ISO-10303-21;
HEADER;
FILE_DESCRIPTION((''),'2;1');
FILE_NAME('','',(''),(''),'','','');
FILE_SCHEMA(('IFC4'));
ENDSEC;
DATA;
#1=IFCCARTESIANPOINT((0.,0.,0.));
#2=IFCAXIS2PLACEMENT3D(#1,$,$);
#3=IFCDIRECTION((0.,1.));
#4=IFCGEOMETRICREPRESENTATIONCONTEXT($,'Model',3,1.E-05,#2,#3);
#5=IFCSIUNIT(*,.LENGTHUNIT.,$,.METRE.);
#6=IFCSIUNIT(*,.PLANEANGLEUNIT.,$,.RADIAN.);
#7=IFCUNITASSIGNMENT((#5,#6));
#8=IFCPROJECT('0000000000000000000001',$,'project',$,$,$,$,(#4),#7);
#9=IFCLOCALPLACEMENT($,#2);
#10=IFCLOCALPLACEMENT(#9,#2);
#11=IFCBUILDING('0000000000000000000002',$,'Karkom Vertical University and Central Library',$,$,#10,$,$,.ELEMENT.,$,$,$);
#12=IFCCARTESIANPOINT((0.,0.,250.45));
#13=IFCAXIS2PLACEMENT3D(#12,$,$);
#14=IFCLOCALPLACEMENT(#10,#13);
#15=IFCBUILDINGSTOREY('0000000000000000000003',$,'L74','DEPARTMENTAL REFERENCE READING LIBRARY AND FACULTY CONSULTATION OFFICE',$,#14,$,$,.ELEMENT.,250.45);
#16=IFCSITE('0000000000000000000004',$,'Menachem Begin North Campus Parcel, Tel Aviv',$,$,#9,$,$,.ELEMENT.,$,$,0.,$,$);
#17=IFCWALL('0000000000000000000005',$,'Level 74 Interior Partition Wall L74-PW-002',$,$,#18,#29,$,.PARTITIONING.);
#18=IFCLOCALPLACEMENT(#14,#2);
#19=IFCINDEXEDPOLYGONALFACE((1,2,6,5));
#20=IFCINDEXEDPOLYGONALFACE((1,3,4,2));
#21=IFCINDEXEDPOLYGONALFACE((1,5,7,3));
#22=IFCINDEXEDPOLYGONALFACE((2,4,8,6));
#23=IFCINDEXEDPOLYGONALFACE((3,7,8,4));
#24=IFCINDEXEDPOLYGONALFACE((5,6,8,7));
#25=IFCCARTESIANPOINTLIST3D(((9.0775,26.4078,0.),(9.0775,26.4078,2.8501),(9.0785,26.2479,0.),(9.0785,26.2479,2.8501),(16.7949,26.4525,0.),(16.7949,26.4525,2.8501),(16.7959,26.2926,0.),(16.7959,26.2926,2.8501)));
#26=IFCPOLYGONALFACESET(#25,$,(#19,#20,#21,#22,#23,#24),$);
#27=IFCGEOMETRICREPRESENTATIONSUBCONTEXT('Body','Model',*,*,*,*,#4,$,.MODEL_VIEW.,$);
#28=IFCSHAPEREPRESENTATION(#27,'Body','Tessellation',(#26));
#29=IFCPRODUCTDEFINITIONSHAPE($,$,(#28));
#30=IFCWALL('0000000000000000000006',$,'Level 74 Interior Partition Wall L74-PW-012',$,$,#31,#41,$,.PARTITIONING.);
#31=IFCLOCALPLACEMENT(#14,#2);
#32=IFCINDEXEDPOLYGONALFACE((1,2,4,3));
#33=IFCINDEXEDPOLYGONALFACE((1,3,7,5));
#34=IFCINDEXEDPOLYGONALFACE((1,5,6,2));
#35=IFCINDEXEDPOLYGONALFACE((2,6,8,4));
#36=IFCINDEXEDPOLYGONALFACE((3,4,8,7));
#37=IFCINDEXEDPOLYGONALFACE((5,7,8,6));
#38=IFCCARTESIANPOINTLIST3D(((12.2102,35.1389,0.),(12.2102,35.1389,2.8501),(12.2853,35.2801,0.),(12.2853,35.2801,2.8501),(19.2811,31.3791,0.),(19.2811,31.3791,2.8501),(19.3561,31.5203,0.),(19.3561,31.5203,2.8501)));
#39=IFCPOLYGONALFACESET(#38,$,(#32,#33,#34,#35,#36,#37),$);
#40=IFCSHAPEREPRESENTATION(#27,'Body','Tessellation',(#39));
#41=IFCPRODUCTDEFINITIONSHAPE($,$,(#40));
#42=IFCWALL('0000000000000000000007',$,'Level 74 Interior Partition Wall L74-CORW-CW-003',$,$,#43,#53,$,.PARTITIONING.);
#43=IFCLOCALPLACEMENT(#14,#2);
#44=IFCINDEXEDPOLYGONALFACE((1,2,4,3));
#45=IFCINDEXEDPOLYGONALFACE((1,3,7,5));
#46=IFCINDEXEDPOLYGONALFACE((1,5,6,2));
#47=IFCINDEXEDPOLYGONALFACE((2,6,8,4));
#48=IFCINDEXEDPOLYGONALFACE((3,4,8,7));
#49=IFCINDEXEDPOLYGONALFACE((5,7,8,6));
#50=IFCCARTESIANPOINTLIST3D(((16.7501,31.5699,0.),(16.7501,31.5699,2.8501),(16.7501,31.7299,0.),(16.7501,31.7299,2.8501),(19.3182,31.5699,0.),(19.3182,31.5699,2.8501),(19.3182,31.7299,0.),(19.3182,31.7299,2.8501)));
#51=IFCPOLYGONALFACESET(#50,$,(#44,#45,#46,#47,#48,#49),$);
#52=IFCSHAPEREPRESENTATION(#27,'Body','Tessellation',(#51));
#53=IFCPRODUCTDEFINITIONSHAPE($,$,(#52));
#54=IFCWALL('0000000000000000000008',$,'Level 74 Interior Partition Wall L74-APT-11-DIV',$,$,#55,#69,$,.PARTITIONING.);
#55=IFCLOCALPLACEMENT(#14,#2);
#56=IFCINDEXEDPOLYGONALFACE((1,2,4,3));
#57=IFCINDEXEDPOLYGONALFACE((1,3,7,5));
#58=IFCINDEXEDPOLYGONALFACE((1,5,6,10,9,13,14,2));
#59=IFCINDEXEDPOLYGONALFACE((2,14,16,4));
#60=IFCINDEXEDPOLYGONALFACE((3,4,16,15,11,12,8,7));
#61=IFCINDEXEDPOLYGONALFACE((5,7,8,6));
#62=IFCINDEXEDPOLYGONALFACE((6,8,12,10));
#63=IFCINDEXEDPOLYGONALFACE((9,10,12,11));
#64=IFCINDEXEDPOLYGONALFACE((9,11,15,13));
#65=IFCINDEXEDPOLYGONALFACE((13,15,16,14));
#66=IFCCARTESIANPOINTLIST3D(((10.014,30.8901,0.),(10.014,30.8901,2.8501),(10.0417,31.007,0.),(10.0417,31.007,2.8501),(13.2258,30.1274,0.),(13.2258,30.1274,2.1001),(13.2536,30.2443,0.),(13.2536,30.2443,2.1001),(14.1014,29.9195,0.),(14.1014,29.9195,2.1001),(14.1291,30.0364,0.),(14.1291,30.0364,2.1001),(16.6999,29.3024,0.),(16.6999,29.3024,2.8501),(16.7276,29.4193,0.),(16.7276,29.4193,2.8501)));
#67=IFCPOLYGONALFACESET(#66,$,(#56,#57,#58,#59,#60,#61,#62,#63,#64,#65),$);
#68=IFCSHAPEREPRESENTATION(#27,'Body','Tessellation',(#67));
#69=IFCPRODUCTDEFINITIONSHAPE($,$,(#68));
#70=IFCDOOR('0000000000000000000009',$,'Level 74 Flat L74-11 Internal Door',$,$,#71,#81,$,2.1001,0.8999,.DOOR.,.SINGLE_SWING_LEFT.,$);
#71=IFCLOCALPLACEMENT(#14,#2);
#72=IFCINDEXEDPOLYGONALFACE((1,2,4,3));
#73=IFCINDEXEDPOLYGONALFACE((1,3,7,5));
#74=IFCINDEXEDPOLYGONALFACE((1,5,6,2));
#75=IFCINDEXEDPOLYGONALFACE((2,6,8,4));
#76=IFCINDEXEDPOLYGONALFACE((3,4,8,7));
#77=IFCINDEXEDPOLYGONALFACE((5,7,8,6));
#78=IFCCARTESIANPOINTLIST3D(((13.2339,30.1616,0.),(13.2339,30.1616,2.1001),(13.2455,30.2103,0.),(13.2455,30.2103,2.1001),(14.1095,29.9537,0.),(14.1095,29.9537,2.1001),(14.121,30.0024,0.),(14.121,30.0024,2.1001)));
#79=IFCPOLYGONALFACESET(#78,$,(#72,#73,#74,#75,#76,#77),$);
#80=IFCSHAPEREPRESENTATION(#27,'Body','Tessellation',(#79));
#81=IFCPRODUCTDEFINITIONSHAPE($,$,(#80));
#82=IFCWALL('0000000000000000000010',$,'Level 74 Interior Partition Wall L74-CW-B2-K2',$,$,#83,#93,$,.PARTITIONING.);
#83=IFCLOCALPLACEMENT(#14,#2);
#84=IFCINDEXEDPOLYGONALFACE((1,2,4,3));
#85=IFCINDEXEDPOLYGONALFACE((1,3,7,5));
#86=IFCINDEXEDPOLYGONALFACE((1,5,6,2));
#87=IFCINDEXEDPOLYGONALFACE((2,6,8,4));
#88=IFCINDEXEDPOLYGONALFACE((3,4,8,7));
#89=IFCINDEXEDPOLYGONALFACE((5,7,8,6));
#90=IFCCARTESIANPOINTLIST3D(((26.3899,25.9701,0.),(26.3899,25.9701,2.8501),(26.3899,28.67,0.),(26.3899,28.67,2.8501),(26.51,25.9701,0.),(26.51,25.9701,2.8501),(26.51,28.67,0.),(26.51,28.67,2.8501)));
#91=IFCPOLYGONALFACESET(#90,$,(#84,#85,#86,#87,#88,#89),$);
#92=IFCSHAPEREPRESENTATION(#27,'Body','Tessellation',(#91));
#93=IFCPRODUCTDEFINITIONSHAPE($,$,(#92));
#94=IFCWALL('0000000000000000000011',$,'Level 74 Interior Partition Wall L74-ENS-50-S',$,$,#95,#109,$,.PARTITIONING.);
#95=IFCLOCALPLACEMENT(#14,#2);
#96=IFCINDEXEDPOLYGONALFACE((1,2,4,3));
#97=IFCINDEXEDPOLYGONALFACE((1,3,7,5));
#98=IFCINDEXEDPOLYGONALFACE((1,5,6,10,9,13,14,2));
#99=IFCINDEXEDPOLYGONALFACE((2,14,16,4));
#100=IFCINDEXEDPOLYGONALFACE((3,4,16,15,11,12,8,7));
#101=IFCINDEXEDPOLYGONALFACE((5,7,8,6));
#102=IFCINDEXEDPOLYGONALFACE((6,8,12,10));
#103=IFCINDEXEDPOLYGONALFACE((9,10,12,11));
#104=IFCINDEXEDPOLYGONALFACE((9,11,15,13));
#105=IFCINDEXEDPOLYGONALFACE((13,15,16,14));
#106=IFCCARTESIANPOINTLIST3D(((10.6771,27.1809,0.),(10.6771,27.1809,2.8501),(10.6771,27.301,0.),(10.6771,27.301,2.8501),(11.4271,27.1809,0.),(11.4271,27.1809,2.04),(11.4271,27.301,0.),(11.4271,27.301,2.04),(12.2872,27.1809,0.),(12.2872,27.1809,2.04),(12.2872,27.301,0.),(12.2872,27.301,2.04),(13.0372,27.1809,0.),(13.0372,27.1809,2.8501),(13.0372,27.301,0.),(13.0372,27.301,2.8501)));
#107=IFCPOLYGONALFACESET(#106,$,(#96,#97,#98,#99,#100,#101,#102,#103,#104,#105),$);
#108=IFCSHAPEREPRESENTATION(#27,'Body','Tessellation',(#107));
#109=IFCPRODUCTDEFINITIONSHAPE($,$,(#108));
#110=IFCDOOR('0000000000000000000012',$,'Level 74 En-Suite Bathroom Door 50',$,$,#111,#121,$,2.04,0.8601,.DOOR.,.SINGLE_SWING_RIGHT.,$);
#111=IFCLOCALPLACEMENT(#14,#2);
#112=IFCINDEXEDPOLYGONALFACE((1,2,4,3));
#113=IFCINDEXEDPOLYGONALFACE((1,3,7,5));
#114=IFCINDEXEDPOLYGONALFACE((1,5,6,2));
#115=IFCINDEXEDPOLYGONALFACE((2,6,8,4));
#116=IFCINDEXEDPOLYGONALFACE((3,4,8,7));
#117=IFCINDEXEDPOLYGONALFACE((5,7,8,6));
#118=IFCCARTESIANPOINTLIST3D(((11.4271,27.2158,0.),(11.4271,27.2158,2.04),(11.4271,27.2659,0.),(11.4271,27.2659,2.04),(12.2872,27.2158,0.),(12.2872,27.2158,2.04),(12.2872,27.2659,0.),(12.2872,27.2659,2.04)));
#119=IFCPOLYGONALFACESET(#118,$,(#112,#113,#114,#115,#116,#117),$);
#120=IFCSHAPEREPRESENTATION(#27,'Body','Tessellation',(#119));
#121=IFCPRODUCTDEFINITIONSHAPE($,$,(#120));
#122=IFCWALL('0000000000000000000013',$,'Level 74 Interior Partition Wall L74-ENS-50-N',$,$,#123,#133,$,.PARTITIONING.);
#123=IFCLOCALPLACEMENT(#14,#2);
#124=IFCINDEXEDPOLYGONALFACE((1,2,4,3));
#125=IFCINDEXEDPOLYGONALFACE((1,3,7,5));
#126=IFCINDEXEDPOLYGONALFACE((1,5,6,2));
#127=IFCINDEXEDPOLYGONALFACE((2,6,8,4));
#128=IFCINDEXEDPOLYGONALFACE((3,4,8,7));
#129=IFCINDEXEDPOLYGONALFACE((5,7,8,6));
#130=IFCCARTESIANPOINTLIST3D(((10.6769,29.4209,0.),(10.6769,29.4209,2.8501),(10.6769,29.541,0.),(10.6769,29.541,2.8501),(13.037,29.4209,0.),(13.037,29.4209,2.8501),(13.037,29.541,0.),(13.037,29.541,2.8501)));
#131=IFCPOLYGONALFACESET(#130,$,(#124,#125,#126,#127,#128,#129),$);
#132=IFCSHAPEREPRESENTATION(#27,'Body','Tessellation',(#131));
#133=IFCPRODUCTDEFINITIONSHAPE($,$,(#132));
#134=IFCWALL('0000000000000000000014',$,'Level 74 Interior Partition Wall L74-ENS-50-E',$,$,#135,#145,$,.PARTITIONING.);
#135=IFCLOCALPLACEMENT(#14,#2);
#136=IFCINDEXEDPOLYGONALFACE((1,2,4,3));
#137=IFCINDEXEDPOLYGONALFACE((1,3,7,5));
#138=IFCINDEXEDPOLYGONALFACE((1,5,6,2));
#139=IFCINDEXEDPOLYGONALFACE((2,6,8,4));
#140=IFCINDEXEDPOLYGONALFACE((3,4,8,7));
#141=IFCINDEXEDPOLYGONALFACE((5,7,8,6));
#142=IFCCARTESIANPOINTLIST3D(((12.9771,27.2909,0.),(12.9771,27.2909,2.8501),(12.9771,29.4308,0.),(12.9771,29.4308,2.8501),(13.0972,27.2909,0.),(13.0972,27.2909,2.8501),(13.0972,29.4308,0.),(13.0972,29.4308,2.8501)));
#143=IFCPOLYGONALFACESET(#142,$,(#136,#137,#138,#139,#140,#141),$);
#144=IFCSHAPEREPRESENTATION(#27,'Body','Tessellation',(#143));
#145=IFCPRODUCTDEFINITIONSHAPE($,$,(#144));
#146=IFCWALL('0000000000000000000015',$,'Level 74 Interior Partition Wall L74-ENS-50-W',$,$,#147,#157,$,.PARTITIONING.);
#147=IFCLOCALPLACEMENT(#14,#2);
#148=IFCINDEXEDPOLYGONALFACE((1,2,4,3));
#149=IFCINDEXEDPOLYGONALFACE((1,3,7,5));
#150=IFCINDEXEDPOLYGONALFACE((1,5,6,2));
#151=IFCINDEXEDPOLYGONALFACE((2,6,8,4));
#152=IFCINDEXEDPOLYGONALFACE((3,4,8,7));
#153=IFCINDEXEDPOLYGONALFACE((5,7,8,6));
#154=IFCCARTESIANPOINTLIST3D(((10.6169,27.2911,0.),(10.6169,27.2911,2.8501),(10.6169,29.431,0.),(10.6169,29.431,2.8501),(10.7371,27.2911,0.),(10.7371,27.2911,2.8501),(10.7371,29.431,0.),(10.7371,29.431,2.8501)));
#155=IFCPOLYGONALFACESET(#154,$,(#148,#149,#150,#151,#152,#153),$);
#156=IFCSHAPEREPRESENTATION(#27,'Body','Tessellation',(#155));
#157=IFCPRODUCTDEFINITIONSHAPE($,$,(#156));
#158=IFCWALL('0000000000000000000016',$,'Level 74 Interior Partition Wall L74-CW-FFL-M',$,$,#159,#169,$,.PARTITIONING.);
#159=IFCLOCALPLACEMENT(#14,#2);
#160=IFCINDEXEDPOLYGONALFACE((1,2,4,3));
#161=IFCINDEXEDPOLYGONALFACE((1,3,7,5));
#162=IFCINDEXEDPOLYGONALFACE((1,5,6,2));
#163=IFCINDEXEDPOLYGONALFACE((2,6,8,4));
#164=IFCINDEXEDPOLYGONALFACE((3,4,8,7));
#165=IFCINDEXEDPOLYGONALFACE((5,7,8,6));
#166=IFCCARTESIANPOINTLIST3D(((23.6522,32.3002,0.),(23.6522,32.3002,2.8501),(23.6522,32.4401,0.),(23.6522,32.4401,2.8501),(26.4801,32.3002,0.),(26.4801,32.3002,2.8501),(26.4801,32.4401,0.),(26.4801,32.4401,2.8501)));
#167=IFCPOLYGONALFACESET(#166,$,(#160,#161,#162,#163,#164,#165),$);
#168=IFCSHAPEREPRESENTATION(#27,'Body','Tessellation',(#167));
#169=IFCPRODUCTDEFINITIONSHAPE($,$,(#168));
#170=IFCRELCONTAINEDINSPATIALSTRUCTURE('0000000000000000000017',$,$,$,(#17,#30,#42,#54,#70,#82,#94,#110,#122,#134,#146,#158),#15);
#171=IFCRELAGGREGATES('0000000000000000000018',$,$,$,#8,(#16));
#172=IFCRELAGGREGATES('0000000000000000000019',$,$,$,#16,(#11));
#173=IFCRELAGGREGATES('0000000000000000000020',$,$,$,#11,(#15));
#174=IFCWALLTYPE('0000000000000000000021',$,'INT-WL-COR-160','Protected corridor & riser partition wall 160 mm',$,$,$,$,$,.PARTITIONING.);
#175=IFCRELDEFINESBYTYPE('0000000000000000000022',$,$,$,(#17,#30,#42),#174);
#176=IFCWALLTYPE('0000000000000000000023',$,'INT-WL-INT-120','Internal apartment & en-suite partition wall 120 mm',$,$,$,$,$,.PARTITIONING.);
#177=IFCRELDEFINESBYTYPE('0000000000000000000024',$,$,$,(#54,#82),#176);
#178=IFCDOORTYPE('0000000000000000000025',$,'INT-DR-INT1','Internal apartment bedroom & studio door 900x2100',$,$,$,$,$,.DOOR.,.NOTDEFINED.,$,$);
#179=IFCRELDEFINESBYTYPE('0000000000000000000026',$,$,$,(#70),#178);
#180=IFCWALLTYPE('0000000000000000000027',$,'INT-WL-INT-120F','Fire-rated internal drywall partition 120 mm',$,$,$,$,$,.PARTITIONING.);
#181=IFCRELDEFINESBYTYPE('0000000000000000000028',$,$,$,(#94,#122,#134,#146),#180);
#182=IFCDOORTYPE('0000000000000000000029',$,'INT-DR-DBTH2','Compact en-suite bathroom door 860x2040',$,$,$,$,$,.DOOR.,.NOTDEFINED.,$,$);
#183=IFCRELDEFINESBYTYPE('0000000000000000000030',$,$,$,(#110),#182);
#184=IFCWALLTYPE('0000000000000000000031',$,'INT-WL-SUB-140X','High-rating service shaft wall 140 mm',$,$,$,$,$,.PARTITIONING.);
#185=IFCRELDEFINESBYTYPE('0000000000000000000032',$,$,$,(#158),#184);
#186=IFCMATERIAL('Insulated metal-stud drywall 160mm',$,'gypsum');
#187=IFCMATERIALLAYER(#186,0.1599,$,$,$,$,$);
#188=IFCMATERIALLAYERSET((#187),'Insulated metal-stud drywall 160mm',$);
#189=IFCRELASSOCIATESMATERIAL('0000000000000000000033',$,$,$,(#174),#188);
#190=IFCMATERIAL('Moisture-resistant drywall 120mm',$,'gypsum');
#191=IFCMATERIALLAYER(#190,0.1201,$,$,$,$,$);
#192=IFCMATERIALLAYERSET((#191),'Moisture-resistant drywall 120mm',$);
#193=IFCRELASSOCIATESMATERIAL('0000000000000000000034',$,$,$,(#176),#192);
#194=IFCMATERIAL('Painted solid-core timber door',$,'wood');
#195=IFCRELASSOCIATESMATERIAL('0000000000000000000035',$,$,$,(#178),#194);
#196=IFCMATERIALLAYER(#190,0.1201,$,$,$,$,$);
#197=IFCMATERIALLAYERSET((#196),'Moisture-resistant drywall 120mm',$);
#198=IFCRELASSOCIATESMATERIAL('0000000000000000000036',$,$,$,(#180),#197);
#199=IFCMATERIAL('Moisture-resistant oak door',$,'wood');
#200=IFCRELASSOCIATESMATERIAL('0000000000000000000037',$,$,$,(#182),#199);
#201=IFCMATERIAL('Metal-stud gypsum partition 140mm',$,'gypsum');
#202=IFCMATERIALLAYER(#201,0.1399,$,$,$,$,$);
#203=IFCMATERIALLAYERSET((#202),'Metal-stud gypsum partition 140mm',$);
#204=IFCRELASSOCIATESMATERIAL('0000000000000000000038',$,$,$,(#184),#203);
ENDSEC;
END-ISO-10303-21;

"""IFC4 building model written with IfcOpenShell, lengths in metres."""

from ifc_helpers import new_model, si_unit, direction, frame, frame_2d, origin, origin_with_axes, place, context, subcontext, project, spatial, rectangle, extrude, source, transform, mapped, material, layer, layer_set, type_object, element, fill, save


model = new_model("IFC4")

# Units and contexts
model_context = context("Model", 3, precision=1e-05, world=origin(), true_north=direction((0.0, 1.0)))
body_context = subcontext(model_context, "Body", "Model", "MODEL_VIEW")
ifc_project = project(units=[si_unit("LENGTHUNIT", "METRE"), si_unit("PLANEANGLEUNIT", "RADIAN")], contexts=[model_context])

# Site, building, storey
site_placement = place(None, origin())
site = spatial("IfcSite", under=ifc_project, at=site_placement, Name="Menachem Begin North Campus Parcel, Tel Aviv", CompositionType="ELEMENT", RefElevation=0.0)
building_placement = place(site_placement, origin())
building = spatial("IfcBuilding", under=site, at=building_placement, Name="Karkom Vertical University and Central Library", CompositionType="ELEMENT")
storey_placement = place(building_placement, frame((0.0, 0.0, 250.45)))
storey = spatial("IfcBuildingStorey", under=building, at=storey_placement, Name="L74", Description="DEPARTMENTAL REFERENCE READING LIBRARY AND FACULTY CONSULTATION OFFICE", CompositionType="ELEMENT", Elevation=250.45)

# Walls
ifc_material_1 = material(Name="Insulated metal-stud drywall 160mm", Category="gypsum")
ifc_layer_1 = layer(ifc_material_1, 0.1599)
ifc_layer_set_1 = layer_set([ifc_layer_1], Name="Insulated metal-stud drywall 160mm")
wall_type_1 = type_object("IfcWallType", Name="INT-WL-COR-160", Description="Protected corridor & riser partition wall 160 mm", PredefinedType="PARTITIONING", material=ifc_layer_set_1)
wall_1_placement = place(storey_placement, frame((9.0779, 26.3279, 0.0), z_axis=(0.0, 0.0, 1.0), x_axis=(0.999983, 0.005789, 0.0)))
element("IfcWall", 1, at=wall_1_placement, inside=storey, type_object=wall_type_1, Name="Level 74 Interior Partition Wall L74-PW-002", PredefinedType="PARTITIONING", context=body_context, shape_type="SweptSolid", body=[
    extrude(rectangle(XDim=7.7175, YDim=0.1599, at=frame_2d((3.8589, 0.0))), origin(), (0.0, 0.0, 1.0), 2.8501),
])
wall_2_placement = place(storey_placement, frame((19.3186, 31.4497, 0.0), z_axis=(0.0, 0.0, 1.0), x_axis=(-0.88294, 0.469487, 0.0)))
element("IfcWall", 2, at=wall_2_placement, inside=storey, type_object=wall_type_1, Name="Level 74 Interior Partition Wall L74-PW-012", PredefinedType="PARTITIONING", context=body_context, shape_type="SweptSolid", body=[
    extrude(rectangle(XDim=8.0083, YDim=0.1599, at=frame_2d((4.0042, 0.0))), origin(), (0.0, 0.0, 1.0), 2.8501),
])
wall_3_placement = place(storey_placement, frame((16.75, 31.6499, 0.0), z_axis=(0.0, 0.0, 1.0), x_axis=(1.0, 0.0, 0.0)))
element("IfcWall", 3, at=wall_3_placement, inside=storey, type_object=wall_type_1, Name="Level 74 Interior Partition Wall L74-CORW-CW-003", PredefinedType="PARTITIONING", context=body_context, shape_type="SweptSolid", body=[
    extrude(rectangle(XDim=2.5681, YDim=0.1599, at=frame_2d((1.2842, 0.0))), origin(), (0.0, 0.0, 1.0), 2.8501),
])

# Wall, opening, door
ifc_material_2 = material(Name="Moisture-resistant drywall 120mm", Category="gypsum")
ifc_layer_2 = layer(ifc_material_2, 0.1201)
ifc_layer_set_2 = layer_set([ifc_layer_2], Name="Moisture-resistant drywall 120mm")
wall_type_2 = type_object("IfcWallType", Name="INT-WL-INT-120", Description="Internal apartment & en-suite partition wall 120 mm", PredefinedType="PARTITIONING", material=ifc_layer_set_2)
wall_4_placement = place(storey_placement, frame((16.7139, 29.3608, 0.0), z_axis=(0.0, 0.0, 1.0), x_axis=(-0.972944, 0.231041, 0.0)))
wall_4 = element("IfcWall", 4, at=wall_4_placement, inside=storey, type_object=wall_type_2, Name="Level 74 Interior Partition Wall L74-APT-11-DIV", PredefinedType="PARTITIONING", context=body_context, shape_type="SweptSolid", body=[
    extrude(rectangle(XDim=6.8718, YDim=0.1201, at=frame_2d((3.436, 0.0))), origin(), (0.0, 0.0, 1.0), 2.8501),
])
opening_1_placement = place(wall_4_placement, frame((2.6709, 0.0, 0.0)))
opening_1 = element("IfcOpeningElement", 5, at=opening_1_placement, cuts=wall_4, PredefinedType="OPENING", context=body_context, shape_type="SweptSolid", body=[
    extrude(rectangle(XDim=0.8999, YDim=2.1001, at=frame_2d((0.45, 1.05))), frame((0.0, 0.0701, 0.0), z_axis=(0.0, -1.0, 0.0), x_axis=(1.0, 0.0, 0.0)), (0.0, 0.0, 1.0), 0.1401),
])
ifc_material_3 = material(Name="Painted solid-core timber door", Category="wood")
door_type_1 = type_object("IfcDoorType", Name="INT-DR-INT1", Description="Internal apartment bedroom & studio door 900x2100", OperationType="NOTDEFINED", PredefinedType="DOOR", material=ifc_material_3)
shared_shape_1 = source(origin_with_axes(), body_context, "Body", "SweptSolid", [
    extrude(rectangle(XDim=0.8999, YDim=2.1001, at=frame_2d((0.45, 1.05))), frame((0.0, 0.0249, 0.0), z_axis=(0.0, -1.0, 0.0), x_axis=(1.0, 0.0, 0.0)), (0.0, 0.0, 1.0), 0.05),
])
door_1_placement = place(opening_1_placement, origin())
door_1 = element("IfcDoor", 6, at=door_1_placement, inside=storey, type_object=door_type_1, Name="Level 74 Flat L74-11 Internal Door", OperationType="SINGLE_SWING_LEFT", OverallHeight=2.1001, OverallWidth=0.8999, PredefinedType="DOOR", context=body_context, shape_type="MappedRepresentation", body=[
    mapped(shared_shape_1, transform((0.0, 0.0, 0.0), scale=1.0)),
])
fill(opening_1, door_1)

# Wall
wall_5_placement = place(storey_placement, frame((26.45, 25.97, 0.0), z_axis=(0.0, 0.0, 1.0), x_axis=(0.0, 1.0, 0.0)))
element("IfcWall", 7, at=wall_5_placement, inside=storey, type_object=wall_type_2, Name="Level 74 Interior Partition Wall L74-CW-B2-K2", PredefinedType="PARTITIONING", context=body_context, shape_type="SweptSolid", body=[
    extrude(rectangle(XDim=2.7, YDim=0.1201, at=frame_2d((1.3501, 0.0))), origin(), (0.0, 0.0, 1.0), 2.8501),
])

# Wall, opening, door
ifc_layer_3 = layer(ifc_material_2, 0.1201)
ifc_layer_set_3 = layer_set([ifc_layer_3], Name="Moisture-resistant drywall 120mm")
wall_type_3 = type_object("IfcWallType", Name="INT-WL-INT-120F", Description="Fire-rated internal drywall partition 120 mm", PredefinedType="PARTITIONING", material=ifc_layer_set_3)
wall_6_placement = place(storey_placement, frame((10.677, 27.241, 0.0), z_axis=(0.0, 0.0, 1.0), x_axis=(1.0, 0.0, 0.0)))
wall_6 = element("IfcWall", 8, at=wall_6_placement, inside=storey, type_object=wall_type_3, Name="Level 74 Interior Partition Wall L74-ENS-50-S", PredefinedType="PARTITIONING", context=body_context, shape_type="SweptSolid", body=[
    extrude(rectangle(XDim=2.3601, YDim=0.1201, at=frame_2d((1.1802, 0.0))), origin(), (0.0, 0.0, 1.0), 2.8501),
])
opening_2_placement = place(wall_6_placement, frame((0.75, 0.0, 0.0)))
opening_2 = element("IfcOpeningElement", 9, at=opening_2_placement, cuts=wall_6, PredefinedType="OPENING", context=body_context, shape_type="SweptSolid", body=[
    extrude(rectangle(XDim=0.8601, YDim=2.04, at=frame_2d((0.4302, 1.02))), frame((0.0, 0.0701, 0.0), z_axis=(0.0, -1.0, 0.0), x_axis=(1.0, 0.0, 0.0)), (0.0, 0.0, 1.0), 0.1401),
])
ifc_material_4 = material(Name="Moisture-resistant oak door", Category="wood")
door_type_2 = type_object("IfcDoorType", Name="INT-DR-DBTH2", Description="Compact en-suite bathroom door 860x2040", OperationType="NOTDEFINED", PredefinedType="DOOR", material=ifc_material_4)
shared_shape_2 = source(origin_with_axes(), body_context, "Body", "SweptSolid", [
    extrude(rectangle(XDim=0.8601, YDim=2.04, at=frame_2d((0.4302, 1.02))), frame((0.0, 0.0249, 0.0), z_axis=(0.0, -1.0, 0.0), x_axis=(1.0, 0.0, 0.0)), (0.0, 0.0, 1.0), 0.05),
])
door_2_placement = place(opening_2_placement, origin())
door_2 = element("IfcDoor", 10, at=door_2_placement, inside=storey, type_object=door_type_2, Name="Level 74 En-Suite Bathroom Door 50", OperationType="SINGLE_SWING_RIGHT", OverallHeight=2.04, OverallWidth=0.8601, PredefinedType="DOOR", context=body_context, shape_type="MappedRepresentation", body=[
    mapped(shared_shape_2, transform((0.0, 0.0, 0.0), scale=1.0)),
])
fill(opening_2, door_2)

# Walls
wall_7_placement = place(storey_placement, frame((13.0371, 29.481, 0.0), z_axis=(0.0, 0.0, 1.0), x_axis=(-1.0, 0.0, 0.0)))
element("IfcWall", 11, at=wall_7_placement, inside=storey, type_object=wall_type_3, Name="Level 74 Interior Partition Wall L74-ENS-50-N", PredefinedType="PARTITIONING", context=body_context, shape_type="SweptSolid", body=[
    extrude(rectangle(XDim=2.3601, YDim=0.1201, at=frame_2d((1.1802, 0.0))), origin(), (0.0, 0.0, 1.0), 2.8501),
])
for number, where, z_axis, x_axis, name in (
    (12, (13.0371, 27.291, 0.0), (0.0, 0.0, 1.0), (0.0, 1.0, 0.0), "Level 74 Interior Partition Wall L74-ENS-50-E"),
    (13, (10.677, 29.4309, 0.0), (0.0, 0.0, 1.0), (0.0, -1.0, 0.0), "Level 74 Interior Partition Wall L74-ENS-50-W"),
):
    element("IfcWall", number, at=place(storey_placement, frame(where, z_axis=z_axis, x_axis=x_axis)), inside=storey, type_object=wall_type_3, Name=name, PredefinedType="PARTITIONING", context=body_context, shape_type="SweptSolid", body=[
        extrude(rectangle(XDim=2.1399, YDim=0.1201, at=frame_2d((1.0698, 0.0))), origin(), (0.0, 0.0, 1.0), 2.8501),
    ])
ifc_material_5 = material(Name="Metal-stud gypsum partition 140mm", Category="gypsum")
ifc_layer_4 = layer(ifc_material_5, 0.1399)
ifc_layer_set_4 = layer_set([ifc_layer_4], Name="Metal-stud gypsum partition 140mm")
wall_type_4 = type_object("IfcWallType", Name="INT-WL-SUB-140X", Description="High-rating service shaft wall 140 mm", PredefinedType="PARTITIONING", material=ifc_layer_set_4)
wall_8_placement = place(storey_placement, frame((23.6521, 32.3701, 0.0), z_axis=(0.0, 0.0, 1.0), x_axis=(1.0, 0.0, 0.0)))
element("IfcWall", 14, at=wall_8_placement, inside=storey, type_object=wall_type_4, Name="Level 74 Interior Partition Wall L74-CW-FFL-M", PredefinedType="PARTITIONING", context=body_context, shape_type="SweptSolid", body=[
    extrude(rectangle(XDim=2.8279, YDim=0.1399, at=frame_2d((1.4141, 0.0))), origin(), (0.0, 0.0, 1.0), 2.8501),
])

save(model, "model.ifc")
